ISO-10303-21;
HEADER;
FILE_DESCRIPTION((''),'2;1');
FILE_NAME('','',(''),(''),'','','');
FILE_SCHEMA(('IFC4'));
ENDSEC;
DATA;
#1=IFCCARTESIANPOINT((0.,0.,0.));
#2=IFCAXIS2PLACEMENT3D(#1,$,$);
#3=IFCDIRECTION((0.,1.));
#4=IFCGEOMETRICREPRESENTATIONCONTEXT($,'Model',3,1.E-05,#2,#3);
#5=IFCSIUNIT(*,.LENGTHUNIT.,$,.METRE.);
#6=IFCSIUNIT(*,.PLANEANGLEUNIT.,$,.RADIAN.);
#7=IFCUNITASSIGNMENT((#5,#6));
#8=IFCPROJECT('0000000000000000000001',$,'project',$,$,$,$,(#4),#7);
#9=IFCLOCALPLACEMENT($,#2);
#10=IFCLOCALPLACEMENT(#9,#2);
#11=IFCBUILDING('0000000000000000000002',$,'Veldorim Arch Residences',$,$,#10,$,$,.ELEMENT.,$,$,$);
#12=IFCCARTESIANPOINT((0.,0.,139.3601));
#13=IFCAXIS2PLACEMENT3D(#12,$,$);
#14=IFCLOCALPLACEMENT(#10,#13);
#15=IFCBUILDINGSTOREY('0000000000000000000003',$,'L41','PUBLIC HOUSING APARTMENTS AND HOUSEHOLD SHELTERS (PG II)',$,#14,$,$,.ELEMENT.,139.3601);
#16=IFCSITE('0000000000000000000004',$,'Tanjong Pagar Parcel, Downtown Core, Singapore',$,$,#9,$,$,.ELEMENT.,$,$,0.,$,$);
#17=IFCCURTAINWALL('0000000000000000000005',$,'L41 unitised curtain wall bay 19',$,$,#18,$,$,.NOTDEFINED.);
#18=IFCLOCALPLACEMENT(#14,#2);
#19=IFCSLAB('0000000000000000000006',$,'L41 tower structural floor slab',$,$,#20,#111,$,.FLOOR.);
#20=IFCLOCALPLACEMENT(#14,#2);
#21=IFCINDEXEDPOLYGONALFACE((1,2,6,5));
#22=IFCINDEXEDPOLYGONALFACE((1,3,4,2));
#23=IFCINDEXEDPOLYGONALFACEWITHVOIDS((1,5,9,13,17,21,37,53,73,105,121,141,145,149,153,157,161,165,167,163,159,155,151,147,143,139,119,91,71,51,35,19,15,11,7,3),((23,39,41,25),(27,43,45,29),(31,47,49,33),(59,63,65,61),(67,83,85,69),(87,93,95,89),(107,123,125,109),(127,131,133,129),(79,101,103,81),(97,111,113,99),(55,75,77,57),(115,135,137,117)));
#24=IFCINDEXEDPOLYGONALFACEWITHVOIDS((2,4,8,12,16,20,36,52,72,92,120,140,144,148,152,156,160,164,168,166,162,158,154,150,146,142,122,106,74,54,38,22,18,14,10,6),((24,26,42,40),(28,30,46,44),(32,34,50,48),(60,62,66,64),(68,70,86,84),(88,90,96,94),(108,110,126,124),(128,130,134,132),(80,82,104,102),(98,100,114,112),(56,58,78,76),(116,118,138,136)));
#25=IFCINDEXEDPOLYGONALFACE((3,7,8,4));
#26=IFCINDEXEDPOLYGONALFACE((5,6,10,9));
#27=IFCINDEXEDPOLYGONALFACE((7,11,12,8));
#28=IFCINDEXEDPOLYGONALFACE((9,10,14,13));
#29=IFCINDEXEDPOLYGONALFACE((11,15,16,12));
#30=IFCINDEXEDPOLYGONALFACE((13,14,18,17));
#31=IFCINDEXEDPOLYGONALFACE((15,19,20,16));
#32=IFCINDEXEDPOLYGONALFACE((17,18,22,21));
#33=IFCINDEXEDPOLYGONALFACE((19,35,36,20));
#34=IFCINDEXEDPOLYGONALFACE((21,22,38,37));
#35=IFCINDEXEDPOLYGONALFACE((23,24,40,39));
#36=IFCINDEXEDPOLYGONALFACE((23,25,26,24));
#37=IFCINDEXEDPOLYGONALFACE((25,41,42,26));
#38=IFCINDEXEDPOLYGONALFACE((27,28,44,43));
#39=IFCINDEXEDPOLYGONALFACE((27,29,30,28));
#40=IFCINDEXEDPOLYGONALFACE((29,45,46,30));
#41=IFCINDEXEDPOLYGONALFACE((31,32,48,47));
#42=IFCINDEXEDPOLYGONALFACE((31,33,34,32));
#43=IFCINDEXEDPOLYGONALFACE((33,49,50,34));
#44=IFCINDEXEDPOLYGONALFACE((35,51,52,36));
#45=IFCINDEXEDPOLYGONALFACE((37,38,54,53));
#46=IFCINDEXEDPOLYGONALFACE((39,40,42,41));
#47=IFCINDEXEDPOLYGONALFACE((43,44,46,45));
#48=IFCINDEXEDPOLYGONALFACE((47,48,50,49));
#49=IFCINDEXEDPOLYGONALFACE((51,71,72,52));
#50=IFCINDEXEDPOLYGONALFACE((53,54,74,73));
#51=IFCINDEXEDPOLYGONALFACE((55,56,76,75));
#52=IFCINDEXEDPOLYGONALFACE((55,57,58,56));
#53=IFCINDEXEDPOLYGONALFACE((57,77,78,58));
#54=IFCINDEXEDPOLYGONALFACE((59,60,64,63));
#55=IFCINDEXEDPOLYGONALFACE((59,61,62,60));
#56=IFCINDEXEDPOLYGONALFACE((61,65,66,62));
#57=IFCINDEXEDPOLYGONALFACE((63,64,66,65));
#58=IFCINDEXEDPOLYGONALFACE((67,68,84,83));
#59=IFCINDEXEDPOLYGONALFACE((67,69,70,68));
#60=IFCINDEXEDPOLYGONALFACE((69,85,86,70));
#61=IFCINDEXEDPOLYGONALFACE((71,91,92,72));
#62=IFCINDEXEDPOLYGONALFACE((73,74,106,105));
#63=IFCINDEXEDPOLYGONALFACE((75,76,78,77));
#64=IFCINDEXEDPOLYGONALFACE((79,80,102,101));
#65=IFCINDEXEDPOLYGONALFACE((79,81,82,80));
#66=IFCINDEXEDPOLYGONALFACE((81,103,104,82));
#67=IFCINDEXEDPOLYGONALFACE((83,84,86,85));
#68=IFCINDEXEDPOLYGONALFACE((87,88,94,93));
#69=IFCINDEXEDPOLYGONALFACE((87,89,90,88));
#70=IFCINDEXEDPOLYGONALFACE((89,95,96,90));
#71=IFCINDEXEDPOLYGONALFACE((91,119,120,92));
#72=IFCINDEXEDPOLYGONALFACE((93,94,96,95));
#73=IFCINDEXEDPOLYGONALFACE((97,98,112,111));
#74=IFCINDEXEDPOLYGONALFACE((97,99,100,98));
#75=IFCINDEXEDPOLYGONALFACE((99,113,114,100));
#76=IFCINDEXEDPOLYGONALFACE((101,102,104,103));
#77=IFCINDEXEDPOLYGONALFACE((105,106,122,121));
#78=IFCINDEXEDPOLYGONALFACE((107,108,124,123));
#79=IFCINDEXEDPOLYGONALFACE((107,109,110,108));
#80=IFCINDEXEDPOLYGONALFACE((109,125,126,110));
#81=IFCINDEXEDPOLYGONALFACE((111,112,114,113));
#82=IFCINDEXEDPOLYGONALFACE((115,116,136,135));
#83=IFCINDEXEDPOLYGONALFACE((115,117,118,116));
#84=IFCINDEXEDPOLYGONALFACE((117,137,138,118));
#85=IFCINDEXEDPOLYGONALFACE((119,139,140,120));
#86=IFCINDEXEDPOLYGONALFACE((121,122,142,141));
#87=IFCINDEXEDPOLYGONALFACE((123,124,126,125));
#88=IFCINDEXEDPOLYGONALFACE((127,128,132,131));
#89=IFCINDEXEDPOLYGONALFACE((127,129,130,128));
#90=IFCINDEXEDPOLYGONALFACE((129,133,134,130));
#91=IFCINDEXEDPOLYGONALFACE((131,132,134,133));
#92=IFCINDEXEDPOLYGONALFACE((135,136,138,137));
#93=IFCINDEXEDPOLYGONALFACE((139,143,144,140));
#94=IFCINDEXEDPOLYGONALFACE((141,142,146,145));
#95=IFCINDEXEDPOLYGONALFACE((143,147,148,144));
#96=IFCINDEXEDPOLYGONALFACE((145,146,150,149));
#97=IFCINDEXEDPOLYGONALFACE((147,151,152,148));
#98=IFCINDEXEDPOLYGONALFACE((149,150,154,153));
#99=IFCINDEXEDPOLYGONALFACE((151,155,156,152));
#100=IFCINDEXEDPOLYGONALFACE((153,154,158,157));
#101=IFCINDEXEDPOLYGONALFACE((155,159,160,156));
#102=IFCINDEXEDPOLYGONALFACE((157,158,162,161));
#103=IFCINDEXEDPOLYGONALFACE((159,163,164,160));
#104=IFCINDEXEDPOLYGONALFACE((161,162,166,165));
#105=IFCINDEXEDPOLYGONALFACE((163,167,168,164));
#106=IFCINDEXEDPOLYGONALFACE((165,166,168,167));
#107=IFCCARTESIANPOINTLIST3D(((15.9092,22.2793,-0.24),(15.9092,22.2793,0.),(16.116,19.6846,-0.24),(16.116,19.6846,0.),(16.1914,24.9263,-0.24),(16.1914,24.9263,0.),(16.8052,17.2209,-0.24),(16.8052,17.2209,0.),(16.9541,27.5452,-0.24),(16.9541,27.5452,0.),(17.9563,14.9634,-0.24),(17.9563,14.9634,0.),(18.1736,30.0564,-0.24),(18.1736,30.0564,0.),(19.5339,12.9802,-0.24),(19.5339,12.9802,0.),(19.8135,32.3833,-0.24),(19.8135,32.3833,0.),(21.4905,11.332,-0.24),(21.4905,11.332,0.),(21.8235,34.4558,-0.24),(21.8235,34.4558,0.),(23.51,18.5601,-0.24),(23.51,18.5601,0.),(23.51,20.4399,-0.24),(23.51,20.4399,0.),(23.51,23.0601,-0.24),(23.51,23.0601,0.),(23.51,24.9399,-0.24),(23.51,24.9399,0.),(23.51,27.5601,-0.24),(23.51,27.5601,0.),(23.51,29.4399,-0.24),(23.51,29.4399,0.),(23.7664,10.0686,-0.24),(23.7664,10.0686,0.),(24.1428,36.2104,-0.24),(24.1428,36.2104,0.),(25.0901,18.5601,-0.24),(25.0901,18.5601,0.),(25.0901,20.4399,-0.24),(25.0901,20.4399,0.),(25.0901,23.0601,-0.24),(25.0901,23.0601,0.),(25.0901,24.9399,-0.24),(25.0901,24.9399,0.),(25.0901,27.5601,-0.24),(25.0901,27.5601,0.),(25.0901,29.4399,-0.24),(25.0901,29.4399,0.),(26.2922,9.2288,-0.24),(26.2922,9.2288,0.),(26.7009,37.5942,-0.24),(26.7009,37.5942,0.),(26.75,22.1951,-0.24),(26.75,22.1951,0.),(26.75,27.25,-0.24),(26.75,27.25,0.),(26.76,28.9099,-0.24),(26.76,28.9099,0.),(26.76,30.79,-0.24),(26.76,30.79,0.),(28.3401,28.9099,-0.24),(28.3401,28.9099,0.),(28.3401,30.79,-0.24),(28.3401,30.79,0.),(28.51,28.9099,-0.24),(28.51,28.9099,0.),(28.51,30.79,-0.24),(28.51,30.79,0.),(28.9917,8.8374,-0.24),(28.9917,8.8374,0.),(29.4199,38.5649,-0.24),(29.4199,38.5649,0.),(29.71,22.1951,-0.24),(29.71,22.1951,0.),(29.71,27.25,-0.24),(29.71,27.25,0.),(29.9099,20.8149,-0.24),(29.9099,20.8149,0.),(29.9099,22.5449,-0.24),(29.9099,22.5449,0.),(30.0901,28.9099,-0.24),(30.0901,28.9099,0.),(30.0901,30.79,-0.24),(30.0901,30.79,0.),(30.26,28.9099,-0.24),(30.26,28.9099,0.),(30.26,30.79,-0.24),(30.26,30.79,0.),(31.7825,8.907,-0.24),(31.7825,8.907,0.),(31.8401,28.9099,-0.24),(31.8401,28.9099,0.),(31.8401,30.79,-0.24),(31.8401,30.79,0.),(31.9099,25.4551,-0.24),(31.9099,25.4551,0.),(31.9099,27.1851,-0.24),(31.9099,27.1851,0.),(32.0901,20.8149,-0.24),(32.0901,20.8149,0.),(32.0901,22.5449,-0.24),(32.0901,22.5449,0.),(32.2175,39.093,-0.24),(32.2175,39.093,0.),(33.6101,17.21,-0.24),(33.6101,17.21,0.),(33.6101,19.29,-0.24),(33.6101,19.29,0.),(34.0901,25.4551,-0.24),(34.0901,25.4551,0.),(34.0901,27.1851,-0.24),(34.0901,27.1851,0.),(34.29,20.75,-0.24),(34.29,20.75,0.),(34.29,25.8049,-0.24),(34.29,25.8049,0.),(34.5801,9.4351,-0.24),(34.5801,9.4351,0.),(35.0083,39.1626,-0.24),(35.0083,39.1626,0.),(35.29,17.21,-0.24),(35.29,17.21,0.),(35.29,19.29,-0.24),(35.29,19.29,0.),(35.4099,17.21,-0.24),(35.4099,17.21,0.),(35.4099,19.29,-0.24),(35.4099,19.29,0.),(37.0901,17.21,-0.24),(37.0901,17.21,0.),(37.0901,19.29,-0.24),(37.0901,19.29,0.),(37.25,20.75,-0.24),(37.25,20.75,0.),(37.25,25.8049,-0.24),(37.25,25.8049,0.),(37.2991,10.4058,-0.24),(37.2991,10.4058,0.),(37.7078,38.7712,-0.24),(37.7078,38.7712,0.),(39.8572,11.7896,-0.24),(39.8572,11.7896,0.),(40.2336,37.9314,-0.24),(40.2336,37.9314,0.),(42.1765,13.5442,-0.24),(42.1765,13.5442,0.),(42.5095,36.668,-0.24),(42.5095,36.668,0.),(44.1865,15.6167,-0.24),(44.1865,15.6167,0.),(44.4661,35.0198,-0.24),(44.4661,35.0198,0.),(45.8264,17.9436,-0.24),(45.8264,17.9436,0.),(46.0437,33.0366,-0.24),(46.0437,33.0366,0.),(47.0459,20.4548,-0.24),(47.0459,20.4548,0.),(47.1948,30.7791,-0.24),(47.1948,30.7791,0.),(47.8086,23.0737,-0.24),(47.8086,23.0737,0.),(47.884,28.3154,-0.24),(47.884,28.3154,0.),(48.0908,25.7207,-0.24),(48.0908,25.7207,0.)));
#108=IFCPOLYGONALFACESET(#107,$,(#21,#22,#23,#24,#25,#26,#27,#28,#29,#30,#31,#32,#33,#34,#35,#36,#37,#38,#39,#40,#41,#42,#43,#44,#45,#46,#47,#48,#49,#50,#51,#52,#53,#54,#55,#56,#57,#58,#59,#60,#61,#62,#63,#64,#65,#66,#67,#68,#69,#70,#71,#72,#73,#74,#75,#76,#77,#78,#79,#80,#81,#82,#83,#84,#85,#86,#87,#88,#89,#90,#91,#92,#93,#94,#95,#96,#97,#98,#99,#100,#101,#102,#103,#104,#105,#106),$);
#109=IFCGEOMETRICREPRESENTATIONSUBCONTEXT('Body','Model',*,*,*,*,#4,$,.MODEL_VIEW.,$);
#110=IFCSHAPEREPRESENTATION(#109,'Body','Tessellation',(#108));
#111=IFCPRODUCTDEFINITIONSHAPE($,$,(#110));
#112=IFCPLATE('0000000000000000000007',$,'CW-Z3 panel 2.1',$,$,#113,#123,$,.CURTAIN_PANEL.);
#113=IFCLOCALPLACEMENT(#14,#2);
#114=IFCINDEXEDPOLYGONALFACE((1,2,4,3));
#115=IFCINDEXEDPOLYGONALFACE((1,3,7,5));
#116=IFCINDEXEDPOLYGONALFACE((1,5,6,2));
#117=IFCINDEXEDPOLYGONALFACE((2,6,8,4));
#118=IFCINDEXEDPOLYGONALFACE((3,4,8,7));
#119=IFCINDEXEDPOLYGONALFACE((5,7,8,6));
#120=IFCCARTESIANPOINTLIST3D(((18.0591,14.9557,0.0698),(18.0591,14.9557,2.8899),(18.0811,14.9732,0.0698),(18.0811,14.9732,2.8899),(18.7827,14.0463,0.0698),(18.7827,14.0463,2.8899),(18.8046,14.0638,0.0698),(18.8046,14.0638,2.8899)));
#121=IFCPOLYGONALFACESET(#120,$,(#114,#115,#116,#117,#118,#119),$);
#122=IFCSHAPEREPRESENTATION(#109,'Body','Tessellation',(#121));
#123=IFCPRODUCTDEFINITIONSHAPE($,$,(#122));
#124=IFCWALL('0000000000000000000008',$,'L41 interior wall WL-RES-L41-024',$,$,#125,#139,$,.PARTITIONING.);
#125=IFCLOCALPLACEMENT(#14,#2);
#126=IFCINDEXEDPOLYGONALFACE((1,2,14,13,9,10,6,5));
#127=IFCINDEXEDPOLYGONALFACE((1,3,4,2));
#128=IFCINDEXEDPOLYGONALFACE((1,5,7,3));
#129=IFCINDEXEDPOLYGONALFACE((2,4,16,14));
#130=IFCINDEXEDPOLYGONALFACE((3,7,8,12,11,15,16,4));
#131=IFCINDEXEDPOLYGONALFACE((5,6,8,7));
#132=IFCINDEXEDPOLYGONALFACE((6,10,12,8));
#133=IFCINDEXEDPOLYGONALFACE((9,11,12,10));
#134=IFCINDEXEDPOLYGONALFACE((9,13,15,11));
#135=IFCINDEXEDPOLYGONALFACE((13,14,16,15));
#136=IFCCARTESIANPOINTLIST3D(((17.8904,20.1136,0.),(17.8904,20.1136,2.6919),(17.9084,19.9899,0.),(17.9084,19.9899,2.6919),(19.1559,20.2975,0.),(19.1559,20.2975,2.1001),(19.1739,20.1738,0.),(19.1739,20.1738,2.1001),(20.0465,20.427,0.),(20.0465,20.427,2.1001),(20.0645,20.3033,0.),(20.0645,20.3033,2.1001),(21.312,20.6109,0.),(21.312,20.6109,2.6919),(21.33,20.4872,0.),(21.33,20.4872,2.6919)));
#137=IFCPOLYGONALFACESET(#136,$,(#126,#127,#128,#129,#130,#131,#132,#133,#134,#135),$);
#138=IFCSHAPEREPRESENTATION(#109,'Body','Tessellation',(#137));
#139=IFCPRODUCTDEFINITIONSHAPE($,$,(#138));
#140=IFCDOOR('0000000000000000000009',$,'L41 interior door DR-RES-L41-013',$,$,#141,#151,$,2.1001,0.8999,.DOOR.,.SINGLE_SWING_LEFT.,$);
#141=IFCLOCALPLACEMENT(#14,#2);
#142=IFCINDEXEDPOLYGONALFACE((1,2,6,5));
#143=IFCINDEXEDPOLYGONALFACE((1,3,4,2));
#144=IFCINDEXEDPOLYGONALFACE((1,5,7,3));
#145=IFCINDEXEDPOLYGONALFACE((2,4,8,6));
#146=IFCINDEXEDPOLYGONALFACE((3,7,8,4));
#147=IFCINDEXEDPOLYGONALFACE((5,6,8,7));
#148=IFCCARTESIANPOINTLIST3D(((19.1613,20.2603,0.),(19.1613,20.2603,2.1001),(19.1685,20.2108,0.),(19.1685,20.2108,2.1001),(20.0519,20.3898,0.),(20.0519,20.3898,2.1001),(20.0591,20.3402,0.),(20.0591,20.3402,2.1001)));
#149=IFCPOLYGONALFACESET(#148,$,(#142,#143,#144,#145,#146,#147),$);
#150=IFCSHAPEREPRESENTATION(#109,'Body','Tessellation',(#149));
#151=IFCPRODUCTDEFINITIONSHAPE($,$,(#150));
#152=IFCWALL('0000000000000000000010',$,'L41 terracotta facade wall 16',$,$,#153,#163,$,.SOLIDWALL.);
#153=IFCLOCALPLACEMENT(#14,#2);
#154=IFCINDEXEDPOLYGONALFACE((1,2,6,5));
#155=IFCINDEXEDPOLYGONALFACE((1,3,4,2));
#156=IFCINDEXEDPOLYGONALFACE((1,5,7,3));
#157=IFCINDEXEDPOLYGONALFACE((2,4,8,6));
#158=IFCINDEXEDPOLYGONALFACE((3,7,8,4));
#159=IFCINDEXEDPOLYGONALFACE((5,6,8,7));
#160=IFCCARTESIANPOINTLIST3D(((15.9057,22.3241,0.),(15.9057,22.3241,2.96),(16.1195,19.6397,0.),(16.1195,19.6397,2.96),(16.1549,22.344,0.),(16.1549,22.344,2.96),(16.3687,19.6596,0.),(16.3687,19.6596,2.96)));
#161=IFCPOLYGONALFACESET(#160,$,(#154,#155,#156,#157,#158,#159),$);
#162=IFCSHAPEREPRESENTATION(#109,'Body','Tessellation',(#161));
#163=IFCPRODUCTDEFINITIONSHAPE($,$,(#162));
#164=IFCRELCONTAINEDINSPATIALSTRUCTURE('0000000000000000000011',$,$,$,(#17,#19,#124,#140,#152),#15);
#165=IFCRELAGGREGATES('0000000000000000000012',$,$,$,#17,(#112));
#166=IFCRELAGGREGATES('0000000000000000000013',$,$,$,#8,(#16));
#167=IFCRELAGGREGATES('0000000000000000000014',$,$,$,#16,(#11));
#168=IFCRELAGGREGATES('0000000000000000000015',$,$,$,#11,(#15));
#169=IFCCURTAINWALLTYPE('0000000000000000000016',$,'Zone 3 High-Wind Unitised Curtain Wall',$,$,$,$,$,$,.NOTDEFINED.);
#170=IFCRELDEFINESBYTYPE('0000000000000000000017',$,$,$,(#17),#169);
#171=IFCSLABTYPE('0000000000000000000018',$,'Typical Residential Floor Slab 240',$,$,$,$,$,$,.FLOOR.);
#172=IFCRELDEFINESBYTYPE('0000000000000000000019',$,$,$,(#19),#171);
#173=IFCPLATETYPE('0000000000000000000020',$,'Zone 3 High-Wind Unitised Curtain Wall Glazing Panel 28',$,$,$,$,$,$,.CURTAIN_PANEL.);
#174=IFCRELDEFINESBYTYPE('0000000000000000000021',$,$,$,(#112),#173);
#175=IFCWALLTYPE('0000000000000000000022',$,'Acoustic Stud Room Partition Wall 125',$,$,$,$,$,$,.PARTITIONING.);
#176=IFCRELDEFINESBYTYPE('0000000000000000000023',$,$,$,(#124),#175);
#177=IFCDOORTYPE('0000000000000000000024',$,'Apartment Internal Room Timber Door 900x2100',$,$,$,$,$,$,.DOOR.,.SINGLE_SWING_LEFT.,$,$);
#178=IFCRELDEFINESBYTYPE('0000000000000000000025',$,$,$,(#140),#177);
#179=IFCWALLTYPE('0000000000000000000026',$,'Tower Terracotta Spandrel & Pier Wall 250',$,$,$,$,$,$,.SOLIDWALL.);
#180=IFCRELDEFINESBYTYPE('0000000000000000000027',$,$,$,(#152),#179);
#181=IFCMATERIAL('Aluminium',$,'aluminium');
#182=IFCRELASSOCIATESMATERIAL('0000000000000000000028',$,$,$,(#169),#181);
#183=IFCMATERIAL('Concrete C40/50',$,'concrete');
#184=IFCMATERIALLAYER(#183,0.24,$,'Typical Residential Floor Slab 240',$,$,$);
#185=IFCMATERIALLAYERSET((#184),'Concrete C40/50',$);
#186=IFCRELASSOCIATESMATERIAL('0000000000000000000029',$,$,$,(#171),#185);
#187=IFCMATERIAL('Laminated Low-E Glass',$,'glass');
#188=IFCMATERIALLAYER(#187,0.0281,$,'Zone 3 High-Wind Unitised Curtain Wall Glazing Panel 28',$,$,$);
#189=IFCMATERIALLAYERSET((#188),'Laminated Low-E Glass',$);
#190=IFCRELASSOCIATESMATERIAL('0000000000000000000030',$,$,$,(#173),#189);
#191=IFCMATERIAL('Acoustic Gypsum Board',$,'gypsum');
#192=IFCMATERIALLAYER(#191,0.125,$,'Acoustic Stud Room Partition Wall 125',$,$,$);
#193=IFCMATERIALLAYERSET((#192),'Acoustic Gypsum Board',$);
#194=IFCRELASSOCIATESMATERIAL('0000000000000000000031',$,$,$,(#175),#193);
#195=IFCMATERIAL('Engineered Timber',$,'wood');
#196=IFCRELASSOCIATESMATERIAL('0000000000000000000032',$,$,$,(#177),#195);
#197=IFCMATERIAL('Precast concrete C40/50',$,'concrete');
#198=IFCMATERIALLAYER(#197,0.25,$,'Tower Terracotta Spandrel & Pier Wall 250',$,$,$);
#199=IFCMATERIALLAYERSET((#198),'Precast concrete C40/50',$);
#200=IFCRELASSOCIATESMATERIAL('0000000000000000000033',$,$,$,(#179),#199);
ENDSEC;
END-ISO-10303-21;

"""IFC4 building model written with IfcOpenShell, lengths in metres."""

from ifc_helpers import new_model, si_unit, direction, frame, frame_2d, origin, origin_2d, place, context, subcontext, project, spatial, polyline, rectangle, outline, extrude, material, layer, layer_set, type_object, element, fill, aggregate, save


model = new_model("IFC4")

# Units and contexts
model_context = context("Model", 3, precision=1e-05, world=origin(), true_north=direction((0.0, 1.0)))
body_context = subcontext(model_context, "Body", "Model", "MODEL_VIEW")
ifc_project = project(units=[si_unit("LENGTHUNIT", "METRE"), si_unit("PLANEANGLEUNIT", "RADIAN")], contexts=[model_context])

# Site, building, storey
site_placement = place(None, origin())
site = spatial("IfcSite", under=ifc_project, at=site_placement, Name="Tanjong Pagar Parcel, Downtown Core, Singapore", CompositionType="ELEMENT", RefElevation=0.0)
building_placement = place(site_placement, origin())
building = spatial("IfcBuilding", under=site, at=building_placement, Name="Veldorim Arch Residences", CompositionType="ELEMENT")
storey_placement = place(building_placement, frame((0.0, 0.0, 139.3601)))
storey = spatial("IfcBuildingStorey", under=building, at=storey_placement, Name="L41", Description="PUBLIC HOUSING APARTMENTS AND HOUSEHOLD SHELTERS (PG II)", CompositionType="ELEMENT", Elevation=139.3601)

# Curtain wall
ifc_material_1 = material(Name="Aluminium", Category="aluminium")
curtain_wall_type = type_object("IfcCurtainWallType", Name="Zone 3 High-Wind Unitised Curtain Wall", PredefinedType="NOTDEFINED", material=ifc_material_1)
curtain_wall_placement = place(storey_placement, origin())
curtain_wall = element("IfcCurtainWall", 1, at=curtain_wall_placement, inside=storey, type_object=curtain_wall_type, Name="L41 unitised curtain wall bay 19", PredefinedType="NOTDEFINED")

# Slab
ifc_material_2 = material(Name="Concrete C40/50", Category="concrete")
ifc_layer_1 = layer(ifc_material_2, 0.24, Name="Typical Residential Floor Slab 240")
ifc_layer_set_1 = layer_set([ifc_layer_1], Name="Concrete C40/50")
slab_type_1 = type_object("IfcSlabType", Name="Typical Residential Floor Slab 240", PredefinedType="FLOOR", material=ifc_layer_set_1)
slab_1_placement = place(storey_placement, frame((0.0, 0.0, -0.24)))
element("IfcSlab", 2, at=slab_1_placement, inside=storey, type_object=slab_type_1, Name="L41 tower structural floor slab", PredefinedType="FLOOR", context=body_context, shape_type="SweptSolid", body=[
    extrude(outline(polyline([(46.0437, 33.0366), (44.4661, 35.0198), (42.5095, 36.668), (40.2336, 37.9314), (37.7078, 38.7712), (35.0083, 39.1626), (32.2175, 39.093), (29.4199, 38.5649), (26.7009, 37.5942), (24.1428, 36.2104), (21.8235, 34.4558), (19.8135, 32.3833), (18.1736, 30.0564), (16.9541, 27.5452), (16.1914, 24.9263), (15.9092, 22.2793), (16.116, 19.6846), (16.8052, 17.2209), (17.9563, 14.9634), (19.5339, 12.9802), (21.4905, 11.332), (23.7664, 10.0686), (26.2922, 9.2288), (28.9917, 8.8374), (31.7825, 8.907), (34.5801, 9.4351), (37.2991, 10.4058), (39.8572, 11.7896), (42.1765, 13.5442), (44.1865, 15.6167), (45.8264, 17.9436), (47.0459, 20.4548), (47.8086, 23.0737), (48.0908, 25.7207), (47.884, 28.3154), (47.1948, 30.7791), (46.0437, 33.0366)]), holes=[polyline([(23.51, 18.5601), (23.51, 20.4399), (25.0901, 20.4399), (25.0901, 18.5601), (23.51, 18.5601)]), polyline([(23.51, 24.9399), (25.0901, 24.9399), (25.0901, 23.0601), (23.51, 23.0601), (23.51, 24.9399)]), polyline([(26.75, 27.25), (29.71, 27.25), (29.71, 22.1951), (26.75, 22.1951), (26.75, 27.25)]), polyline([(23.51, 27.5601), (23.51, 29.4399), (25.0901, 29.4399), (25.0901, 27.5601), (23.51, 27.5601)]), polyline([(26.76, 30.79), (28.3401, 30.79), (28.3401, 28.9099), (26.76, 28.9099), (26.76, 30.79)]), polyline([(28.51, 30.79), (30.0901, 30.79), (30.0901, 28.9099), (28.51, 28.9099), (28.51, 30.79)]), polyline([(33.6101, 17.21), (33.6101, 19.29), (35.29, 19.29), (35.29, 17.21), (33.6101, 17.21)]), polyline([(35.4099, 19.29), (37.0901, 19.29), (37.0901, 17.21), (35.4099, 17.21), (35.4099, 19.29)]), polyline([(29.9099, 22.5449), (32.0901, 22.5449), (32.0901, 20.8149), (29.9099, 20.8149), (29.9099, 22.5449)]), polyline([(34.29, 20.75), (34.29, 25.8049), (37.25, 25.8049), (37.25, 20.75), (34.29, 20.75)]), polyline([(31.9099, 27.1851), (34.0901, 27.1851), (34.0901, 25.4551), (31.9099, 25.4551), (31.9099, 27.1851)]), polyline([(30.26, 30.79), (31.8401, 30.79), (31.8401, 28.9099), (30.26, 28.9099), (30.26, 30.79)])]), origin(), (0.0, 0.0, 1.0), 0.24),
])

# Plate
ifc_material_3 = material(Name="Laminated Low-E Glass", Category="glass")
ifc_layer_2 = layer(ifc_material_3, 0.0281, Name="Zone 3 High-Wind Unitised Curtain Wall Glazing Panel 28")
ifc_layer_set_2 = layer_set([ifc_layer_2], Name="Laminated Low-E Glass")
plate_type = type_object("IfcPlateType", Name="Zone 3 High-Wind Unitised Curtain Wall Glazing Panel 28", PredefinedType="CURTAIN_PANEL", material=ifc_layer_set_2)
plate_placement = place(storey_placement, frame((18.4319, 14.5098, 0.0698), z_axis=(0.0, 0.0, 1.0), x_axis=(-0.62258, 0.782556, 0.0)))
plate = element("IfcPlate", 3, at=plate_placement, type_object=plate_type, Name="CW-Z3 panel 2.1", PredefinedType="CURTAIN_PANEL", context=body_context, shape_type="SweptSolid", body=[
    extrude(rectangle(XDim=1.1621, YDim=0.0281, at=origin_2d()), origin(), (0.0, 0.0, 1.0), 2.8201),
])
aggregate(curtain_wall, [plate])

# Wall, opening, door
ifc_material_4 = material(Name="Acoustic Gypsum Board", Category="gypsum")
ifc_layer_3 = layer(ifc_material_4, 0.125, Name="Acoustic Stud Room Partition Wall 125")
ifc_layer_set_3 = layer_set([ifc_layer_3], Name="Acoustic Gypsum Board")
wall_type_1 = type_object("IfcWallType", Name="Acoustic Stud Room Partition Wall 125", PredefinedType="PARTITIONING", material=ifc_layer_set_3)
wall_1_placement = place(storey_placement, frame((17.8994, 20.0518, 0.0), z_axis=(0.0, 0.0, 1.0), x_axis=(0.989602, 0.143833, 0.0)))
wall_1 = element("IfcWall", 4, at=wall_1_placement, inside=storey, type_object=wall_type_1, Name="L41 interior wall WL-RES-L41-024", PredefinedType="PARTITIONING", context=body_context, shape_type="SweptSolid", body=[
    extrude(rectangle(XDim=3.4575, YDim=0.125, at=frame_2d((1.7288, 0.0))), origin(), (0.0, 0.0, 1.0), 2.6919),
])
opening_placement = place(wall_1_placement, frame((1.2788, 0.0, 0.0)))
opening = element("IfcOpeningElement", 5, at=opening_placement, cuts=wall_1, PredefinedType="OPENING", context=body_context, shape_type="SweptSolid", body=[
    extrude(rectangle(XDim=0.8999, YDim=2.1001, at=frame_2d((0.45, 1.05))), frame((0.0, 0.0725, 0.0), z_axis=(0.0, -1.0, 0.0), x_axis=(1.0, 0.0, 0.0)), (0.0, 0.0, 1.0), 0.145),
])
ifc_material_5 = material(Name="Engineered Timber", Category="wood")
door_type = type_object("IfcDoorType", Name="Apartment Internal Room Timber Door 900x2100", OperationType="SINGLE_SWING_LEFT", PredefinedType="DOOR", material=ifc_material_5)
door_placement = place(opening_placement, origin())
door = element("IfcDoor", 6, at=door_placement, inside=storey, type_object=door_type, Name="L41 interior door DR-RES-L41-013", OperationType="SINGLE_SWING_LEFT", OverallHeight=2.1001, OverallWidth=0.8999, PredefinedType="DOOR", context=body_context, shape_type="SweptSolid", body=[
    extrude(rectangle(XDim=0.8999, YDim=2.1001, at=frame_2d((0.45, 1.05))), frame((0.0, 0.0249, 0.0), z_axis=(0.0, -1.0, 0.0), x_axis=(1.0, 0.0, 0.0)), (0.0, 0.0, 1.0), 0.05),
])
fill(opening, door)

# Wall
ifc_material_6 = material(Name="Precast concrete C40/50", Category="concrete")
ifc_layer_4 = layer(ifc_material_6, 0.25, Name="Tower Terracotta Spandrel & Pier Wall 250")
ifc_layer_set_4 = layer_set([ifc_layer_4], Name="Precast concrete C40/50")
wall_type_2 = type_object("IfcWallType", Name="Tower Terracotta Spandrel & Pier Wall 250", PredefinedType="SOLIDWALL", material=ifc_layer_set_4)
wall_2_placement = place(storey_placement, frame((16.2441, 19.6497, 0.0), z_axis=(0.0, 0.0, 1.0), x_axis=(-0.079421, 0.996841, 0.0)))
element("IfcWall", 7, at=wall_2_placement, inside=storey, type_object=wall_type_2, Name="L41 terracotta facade wall 16", PredefinedType="SOLIDWALL", context=body_context, shape_type="SweptSolid", body=[
    extrude(rectangle(XDim=2.6929, YDim=0.25, at=frame_2d((1.3464, 0.0))), origin(), (0.0, 0.0, 1.0), 2.96),
])

save(model, "model.ifc")
